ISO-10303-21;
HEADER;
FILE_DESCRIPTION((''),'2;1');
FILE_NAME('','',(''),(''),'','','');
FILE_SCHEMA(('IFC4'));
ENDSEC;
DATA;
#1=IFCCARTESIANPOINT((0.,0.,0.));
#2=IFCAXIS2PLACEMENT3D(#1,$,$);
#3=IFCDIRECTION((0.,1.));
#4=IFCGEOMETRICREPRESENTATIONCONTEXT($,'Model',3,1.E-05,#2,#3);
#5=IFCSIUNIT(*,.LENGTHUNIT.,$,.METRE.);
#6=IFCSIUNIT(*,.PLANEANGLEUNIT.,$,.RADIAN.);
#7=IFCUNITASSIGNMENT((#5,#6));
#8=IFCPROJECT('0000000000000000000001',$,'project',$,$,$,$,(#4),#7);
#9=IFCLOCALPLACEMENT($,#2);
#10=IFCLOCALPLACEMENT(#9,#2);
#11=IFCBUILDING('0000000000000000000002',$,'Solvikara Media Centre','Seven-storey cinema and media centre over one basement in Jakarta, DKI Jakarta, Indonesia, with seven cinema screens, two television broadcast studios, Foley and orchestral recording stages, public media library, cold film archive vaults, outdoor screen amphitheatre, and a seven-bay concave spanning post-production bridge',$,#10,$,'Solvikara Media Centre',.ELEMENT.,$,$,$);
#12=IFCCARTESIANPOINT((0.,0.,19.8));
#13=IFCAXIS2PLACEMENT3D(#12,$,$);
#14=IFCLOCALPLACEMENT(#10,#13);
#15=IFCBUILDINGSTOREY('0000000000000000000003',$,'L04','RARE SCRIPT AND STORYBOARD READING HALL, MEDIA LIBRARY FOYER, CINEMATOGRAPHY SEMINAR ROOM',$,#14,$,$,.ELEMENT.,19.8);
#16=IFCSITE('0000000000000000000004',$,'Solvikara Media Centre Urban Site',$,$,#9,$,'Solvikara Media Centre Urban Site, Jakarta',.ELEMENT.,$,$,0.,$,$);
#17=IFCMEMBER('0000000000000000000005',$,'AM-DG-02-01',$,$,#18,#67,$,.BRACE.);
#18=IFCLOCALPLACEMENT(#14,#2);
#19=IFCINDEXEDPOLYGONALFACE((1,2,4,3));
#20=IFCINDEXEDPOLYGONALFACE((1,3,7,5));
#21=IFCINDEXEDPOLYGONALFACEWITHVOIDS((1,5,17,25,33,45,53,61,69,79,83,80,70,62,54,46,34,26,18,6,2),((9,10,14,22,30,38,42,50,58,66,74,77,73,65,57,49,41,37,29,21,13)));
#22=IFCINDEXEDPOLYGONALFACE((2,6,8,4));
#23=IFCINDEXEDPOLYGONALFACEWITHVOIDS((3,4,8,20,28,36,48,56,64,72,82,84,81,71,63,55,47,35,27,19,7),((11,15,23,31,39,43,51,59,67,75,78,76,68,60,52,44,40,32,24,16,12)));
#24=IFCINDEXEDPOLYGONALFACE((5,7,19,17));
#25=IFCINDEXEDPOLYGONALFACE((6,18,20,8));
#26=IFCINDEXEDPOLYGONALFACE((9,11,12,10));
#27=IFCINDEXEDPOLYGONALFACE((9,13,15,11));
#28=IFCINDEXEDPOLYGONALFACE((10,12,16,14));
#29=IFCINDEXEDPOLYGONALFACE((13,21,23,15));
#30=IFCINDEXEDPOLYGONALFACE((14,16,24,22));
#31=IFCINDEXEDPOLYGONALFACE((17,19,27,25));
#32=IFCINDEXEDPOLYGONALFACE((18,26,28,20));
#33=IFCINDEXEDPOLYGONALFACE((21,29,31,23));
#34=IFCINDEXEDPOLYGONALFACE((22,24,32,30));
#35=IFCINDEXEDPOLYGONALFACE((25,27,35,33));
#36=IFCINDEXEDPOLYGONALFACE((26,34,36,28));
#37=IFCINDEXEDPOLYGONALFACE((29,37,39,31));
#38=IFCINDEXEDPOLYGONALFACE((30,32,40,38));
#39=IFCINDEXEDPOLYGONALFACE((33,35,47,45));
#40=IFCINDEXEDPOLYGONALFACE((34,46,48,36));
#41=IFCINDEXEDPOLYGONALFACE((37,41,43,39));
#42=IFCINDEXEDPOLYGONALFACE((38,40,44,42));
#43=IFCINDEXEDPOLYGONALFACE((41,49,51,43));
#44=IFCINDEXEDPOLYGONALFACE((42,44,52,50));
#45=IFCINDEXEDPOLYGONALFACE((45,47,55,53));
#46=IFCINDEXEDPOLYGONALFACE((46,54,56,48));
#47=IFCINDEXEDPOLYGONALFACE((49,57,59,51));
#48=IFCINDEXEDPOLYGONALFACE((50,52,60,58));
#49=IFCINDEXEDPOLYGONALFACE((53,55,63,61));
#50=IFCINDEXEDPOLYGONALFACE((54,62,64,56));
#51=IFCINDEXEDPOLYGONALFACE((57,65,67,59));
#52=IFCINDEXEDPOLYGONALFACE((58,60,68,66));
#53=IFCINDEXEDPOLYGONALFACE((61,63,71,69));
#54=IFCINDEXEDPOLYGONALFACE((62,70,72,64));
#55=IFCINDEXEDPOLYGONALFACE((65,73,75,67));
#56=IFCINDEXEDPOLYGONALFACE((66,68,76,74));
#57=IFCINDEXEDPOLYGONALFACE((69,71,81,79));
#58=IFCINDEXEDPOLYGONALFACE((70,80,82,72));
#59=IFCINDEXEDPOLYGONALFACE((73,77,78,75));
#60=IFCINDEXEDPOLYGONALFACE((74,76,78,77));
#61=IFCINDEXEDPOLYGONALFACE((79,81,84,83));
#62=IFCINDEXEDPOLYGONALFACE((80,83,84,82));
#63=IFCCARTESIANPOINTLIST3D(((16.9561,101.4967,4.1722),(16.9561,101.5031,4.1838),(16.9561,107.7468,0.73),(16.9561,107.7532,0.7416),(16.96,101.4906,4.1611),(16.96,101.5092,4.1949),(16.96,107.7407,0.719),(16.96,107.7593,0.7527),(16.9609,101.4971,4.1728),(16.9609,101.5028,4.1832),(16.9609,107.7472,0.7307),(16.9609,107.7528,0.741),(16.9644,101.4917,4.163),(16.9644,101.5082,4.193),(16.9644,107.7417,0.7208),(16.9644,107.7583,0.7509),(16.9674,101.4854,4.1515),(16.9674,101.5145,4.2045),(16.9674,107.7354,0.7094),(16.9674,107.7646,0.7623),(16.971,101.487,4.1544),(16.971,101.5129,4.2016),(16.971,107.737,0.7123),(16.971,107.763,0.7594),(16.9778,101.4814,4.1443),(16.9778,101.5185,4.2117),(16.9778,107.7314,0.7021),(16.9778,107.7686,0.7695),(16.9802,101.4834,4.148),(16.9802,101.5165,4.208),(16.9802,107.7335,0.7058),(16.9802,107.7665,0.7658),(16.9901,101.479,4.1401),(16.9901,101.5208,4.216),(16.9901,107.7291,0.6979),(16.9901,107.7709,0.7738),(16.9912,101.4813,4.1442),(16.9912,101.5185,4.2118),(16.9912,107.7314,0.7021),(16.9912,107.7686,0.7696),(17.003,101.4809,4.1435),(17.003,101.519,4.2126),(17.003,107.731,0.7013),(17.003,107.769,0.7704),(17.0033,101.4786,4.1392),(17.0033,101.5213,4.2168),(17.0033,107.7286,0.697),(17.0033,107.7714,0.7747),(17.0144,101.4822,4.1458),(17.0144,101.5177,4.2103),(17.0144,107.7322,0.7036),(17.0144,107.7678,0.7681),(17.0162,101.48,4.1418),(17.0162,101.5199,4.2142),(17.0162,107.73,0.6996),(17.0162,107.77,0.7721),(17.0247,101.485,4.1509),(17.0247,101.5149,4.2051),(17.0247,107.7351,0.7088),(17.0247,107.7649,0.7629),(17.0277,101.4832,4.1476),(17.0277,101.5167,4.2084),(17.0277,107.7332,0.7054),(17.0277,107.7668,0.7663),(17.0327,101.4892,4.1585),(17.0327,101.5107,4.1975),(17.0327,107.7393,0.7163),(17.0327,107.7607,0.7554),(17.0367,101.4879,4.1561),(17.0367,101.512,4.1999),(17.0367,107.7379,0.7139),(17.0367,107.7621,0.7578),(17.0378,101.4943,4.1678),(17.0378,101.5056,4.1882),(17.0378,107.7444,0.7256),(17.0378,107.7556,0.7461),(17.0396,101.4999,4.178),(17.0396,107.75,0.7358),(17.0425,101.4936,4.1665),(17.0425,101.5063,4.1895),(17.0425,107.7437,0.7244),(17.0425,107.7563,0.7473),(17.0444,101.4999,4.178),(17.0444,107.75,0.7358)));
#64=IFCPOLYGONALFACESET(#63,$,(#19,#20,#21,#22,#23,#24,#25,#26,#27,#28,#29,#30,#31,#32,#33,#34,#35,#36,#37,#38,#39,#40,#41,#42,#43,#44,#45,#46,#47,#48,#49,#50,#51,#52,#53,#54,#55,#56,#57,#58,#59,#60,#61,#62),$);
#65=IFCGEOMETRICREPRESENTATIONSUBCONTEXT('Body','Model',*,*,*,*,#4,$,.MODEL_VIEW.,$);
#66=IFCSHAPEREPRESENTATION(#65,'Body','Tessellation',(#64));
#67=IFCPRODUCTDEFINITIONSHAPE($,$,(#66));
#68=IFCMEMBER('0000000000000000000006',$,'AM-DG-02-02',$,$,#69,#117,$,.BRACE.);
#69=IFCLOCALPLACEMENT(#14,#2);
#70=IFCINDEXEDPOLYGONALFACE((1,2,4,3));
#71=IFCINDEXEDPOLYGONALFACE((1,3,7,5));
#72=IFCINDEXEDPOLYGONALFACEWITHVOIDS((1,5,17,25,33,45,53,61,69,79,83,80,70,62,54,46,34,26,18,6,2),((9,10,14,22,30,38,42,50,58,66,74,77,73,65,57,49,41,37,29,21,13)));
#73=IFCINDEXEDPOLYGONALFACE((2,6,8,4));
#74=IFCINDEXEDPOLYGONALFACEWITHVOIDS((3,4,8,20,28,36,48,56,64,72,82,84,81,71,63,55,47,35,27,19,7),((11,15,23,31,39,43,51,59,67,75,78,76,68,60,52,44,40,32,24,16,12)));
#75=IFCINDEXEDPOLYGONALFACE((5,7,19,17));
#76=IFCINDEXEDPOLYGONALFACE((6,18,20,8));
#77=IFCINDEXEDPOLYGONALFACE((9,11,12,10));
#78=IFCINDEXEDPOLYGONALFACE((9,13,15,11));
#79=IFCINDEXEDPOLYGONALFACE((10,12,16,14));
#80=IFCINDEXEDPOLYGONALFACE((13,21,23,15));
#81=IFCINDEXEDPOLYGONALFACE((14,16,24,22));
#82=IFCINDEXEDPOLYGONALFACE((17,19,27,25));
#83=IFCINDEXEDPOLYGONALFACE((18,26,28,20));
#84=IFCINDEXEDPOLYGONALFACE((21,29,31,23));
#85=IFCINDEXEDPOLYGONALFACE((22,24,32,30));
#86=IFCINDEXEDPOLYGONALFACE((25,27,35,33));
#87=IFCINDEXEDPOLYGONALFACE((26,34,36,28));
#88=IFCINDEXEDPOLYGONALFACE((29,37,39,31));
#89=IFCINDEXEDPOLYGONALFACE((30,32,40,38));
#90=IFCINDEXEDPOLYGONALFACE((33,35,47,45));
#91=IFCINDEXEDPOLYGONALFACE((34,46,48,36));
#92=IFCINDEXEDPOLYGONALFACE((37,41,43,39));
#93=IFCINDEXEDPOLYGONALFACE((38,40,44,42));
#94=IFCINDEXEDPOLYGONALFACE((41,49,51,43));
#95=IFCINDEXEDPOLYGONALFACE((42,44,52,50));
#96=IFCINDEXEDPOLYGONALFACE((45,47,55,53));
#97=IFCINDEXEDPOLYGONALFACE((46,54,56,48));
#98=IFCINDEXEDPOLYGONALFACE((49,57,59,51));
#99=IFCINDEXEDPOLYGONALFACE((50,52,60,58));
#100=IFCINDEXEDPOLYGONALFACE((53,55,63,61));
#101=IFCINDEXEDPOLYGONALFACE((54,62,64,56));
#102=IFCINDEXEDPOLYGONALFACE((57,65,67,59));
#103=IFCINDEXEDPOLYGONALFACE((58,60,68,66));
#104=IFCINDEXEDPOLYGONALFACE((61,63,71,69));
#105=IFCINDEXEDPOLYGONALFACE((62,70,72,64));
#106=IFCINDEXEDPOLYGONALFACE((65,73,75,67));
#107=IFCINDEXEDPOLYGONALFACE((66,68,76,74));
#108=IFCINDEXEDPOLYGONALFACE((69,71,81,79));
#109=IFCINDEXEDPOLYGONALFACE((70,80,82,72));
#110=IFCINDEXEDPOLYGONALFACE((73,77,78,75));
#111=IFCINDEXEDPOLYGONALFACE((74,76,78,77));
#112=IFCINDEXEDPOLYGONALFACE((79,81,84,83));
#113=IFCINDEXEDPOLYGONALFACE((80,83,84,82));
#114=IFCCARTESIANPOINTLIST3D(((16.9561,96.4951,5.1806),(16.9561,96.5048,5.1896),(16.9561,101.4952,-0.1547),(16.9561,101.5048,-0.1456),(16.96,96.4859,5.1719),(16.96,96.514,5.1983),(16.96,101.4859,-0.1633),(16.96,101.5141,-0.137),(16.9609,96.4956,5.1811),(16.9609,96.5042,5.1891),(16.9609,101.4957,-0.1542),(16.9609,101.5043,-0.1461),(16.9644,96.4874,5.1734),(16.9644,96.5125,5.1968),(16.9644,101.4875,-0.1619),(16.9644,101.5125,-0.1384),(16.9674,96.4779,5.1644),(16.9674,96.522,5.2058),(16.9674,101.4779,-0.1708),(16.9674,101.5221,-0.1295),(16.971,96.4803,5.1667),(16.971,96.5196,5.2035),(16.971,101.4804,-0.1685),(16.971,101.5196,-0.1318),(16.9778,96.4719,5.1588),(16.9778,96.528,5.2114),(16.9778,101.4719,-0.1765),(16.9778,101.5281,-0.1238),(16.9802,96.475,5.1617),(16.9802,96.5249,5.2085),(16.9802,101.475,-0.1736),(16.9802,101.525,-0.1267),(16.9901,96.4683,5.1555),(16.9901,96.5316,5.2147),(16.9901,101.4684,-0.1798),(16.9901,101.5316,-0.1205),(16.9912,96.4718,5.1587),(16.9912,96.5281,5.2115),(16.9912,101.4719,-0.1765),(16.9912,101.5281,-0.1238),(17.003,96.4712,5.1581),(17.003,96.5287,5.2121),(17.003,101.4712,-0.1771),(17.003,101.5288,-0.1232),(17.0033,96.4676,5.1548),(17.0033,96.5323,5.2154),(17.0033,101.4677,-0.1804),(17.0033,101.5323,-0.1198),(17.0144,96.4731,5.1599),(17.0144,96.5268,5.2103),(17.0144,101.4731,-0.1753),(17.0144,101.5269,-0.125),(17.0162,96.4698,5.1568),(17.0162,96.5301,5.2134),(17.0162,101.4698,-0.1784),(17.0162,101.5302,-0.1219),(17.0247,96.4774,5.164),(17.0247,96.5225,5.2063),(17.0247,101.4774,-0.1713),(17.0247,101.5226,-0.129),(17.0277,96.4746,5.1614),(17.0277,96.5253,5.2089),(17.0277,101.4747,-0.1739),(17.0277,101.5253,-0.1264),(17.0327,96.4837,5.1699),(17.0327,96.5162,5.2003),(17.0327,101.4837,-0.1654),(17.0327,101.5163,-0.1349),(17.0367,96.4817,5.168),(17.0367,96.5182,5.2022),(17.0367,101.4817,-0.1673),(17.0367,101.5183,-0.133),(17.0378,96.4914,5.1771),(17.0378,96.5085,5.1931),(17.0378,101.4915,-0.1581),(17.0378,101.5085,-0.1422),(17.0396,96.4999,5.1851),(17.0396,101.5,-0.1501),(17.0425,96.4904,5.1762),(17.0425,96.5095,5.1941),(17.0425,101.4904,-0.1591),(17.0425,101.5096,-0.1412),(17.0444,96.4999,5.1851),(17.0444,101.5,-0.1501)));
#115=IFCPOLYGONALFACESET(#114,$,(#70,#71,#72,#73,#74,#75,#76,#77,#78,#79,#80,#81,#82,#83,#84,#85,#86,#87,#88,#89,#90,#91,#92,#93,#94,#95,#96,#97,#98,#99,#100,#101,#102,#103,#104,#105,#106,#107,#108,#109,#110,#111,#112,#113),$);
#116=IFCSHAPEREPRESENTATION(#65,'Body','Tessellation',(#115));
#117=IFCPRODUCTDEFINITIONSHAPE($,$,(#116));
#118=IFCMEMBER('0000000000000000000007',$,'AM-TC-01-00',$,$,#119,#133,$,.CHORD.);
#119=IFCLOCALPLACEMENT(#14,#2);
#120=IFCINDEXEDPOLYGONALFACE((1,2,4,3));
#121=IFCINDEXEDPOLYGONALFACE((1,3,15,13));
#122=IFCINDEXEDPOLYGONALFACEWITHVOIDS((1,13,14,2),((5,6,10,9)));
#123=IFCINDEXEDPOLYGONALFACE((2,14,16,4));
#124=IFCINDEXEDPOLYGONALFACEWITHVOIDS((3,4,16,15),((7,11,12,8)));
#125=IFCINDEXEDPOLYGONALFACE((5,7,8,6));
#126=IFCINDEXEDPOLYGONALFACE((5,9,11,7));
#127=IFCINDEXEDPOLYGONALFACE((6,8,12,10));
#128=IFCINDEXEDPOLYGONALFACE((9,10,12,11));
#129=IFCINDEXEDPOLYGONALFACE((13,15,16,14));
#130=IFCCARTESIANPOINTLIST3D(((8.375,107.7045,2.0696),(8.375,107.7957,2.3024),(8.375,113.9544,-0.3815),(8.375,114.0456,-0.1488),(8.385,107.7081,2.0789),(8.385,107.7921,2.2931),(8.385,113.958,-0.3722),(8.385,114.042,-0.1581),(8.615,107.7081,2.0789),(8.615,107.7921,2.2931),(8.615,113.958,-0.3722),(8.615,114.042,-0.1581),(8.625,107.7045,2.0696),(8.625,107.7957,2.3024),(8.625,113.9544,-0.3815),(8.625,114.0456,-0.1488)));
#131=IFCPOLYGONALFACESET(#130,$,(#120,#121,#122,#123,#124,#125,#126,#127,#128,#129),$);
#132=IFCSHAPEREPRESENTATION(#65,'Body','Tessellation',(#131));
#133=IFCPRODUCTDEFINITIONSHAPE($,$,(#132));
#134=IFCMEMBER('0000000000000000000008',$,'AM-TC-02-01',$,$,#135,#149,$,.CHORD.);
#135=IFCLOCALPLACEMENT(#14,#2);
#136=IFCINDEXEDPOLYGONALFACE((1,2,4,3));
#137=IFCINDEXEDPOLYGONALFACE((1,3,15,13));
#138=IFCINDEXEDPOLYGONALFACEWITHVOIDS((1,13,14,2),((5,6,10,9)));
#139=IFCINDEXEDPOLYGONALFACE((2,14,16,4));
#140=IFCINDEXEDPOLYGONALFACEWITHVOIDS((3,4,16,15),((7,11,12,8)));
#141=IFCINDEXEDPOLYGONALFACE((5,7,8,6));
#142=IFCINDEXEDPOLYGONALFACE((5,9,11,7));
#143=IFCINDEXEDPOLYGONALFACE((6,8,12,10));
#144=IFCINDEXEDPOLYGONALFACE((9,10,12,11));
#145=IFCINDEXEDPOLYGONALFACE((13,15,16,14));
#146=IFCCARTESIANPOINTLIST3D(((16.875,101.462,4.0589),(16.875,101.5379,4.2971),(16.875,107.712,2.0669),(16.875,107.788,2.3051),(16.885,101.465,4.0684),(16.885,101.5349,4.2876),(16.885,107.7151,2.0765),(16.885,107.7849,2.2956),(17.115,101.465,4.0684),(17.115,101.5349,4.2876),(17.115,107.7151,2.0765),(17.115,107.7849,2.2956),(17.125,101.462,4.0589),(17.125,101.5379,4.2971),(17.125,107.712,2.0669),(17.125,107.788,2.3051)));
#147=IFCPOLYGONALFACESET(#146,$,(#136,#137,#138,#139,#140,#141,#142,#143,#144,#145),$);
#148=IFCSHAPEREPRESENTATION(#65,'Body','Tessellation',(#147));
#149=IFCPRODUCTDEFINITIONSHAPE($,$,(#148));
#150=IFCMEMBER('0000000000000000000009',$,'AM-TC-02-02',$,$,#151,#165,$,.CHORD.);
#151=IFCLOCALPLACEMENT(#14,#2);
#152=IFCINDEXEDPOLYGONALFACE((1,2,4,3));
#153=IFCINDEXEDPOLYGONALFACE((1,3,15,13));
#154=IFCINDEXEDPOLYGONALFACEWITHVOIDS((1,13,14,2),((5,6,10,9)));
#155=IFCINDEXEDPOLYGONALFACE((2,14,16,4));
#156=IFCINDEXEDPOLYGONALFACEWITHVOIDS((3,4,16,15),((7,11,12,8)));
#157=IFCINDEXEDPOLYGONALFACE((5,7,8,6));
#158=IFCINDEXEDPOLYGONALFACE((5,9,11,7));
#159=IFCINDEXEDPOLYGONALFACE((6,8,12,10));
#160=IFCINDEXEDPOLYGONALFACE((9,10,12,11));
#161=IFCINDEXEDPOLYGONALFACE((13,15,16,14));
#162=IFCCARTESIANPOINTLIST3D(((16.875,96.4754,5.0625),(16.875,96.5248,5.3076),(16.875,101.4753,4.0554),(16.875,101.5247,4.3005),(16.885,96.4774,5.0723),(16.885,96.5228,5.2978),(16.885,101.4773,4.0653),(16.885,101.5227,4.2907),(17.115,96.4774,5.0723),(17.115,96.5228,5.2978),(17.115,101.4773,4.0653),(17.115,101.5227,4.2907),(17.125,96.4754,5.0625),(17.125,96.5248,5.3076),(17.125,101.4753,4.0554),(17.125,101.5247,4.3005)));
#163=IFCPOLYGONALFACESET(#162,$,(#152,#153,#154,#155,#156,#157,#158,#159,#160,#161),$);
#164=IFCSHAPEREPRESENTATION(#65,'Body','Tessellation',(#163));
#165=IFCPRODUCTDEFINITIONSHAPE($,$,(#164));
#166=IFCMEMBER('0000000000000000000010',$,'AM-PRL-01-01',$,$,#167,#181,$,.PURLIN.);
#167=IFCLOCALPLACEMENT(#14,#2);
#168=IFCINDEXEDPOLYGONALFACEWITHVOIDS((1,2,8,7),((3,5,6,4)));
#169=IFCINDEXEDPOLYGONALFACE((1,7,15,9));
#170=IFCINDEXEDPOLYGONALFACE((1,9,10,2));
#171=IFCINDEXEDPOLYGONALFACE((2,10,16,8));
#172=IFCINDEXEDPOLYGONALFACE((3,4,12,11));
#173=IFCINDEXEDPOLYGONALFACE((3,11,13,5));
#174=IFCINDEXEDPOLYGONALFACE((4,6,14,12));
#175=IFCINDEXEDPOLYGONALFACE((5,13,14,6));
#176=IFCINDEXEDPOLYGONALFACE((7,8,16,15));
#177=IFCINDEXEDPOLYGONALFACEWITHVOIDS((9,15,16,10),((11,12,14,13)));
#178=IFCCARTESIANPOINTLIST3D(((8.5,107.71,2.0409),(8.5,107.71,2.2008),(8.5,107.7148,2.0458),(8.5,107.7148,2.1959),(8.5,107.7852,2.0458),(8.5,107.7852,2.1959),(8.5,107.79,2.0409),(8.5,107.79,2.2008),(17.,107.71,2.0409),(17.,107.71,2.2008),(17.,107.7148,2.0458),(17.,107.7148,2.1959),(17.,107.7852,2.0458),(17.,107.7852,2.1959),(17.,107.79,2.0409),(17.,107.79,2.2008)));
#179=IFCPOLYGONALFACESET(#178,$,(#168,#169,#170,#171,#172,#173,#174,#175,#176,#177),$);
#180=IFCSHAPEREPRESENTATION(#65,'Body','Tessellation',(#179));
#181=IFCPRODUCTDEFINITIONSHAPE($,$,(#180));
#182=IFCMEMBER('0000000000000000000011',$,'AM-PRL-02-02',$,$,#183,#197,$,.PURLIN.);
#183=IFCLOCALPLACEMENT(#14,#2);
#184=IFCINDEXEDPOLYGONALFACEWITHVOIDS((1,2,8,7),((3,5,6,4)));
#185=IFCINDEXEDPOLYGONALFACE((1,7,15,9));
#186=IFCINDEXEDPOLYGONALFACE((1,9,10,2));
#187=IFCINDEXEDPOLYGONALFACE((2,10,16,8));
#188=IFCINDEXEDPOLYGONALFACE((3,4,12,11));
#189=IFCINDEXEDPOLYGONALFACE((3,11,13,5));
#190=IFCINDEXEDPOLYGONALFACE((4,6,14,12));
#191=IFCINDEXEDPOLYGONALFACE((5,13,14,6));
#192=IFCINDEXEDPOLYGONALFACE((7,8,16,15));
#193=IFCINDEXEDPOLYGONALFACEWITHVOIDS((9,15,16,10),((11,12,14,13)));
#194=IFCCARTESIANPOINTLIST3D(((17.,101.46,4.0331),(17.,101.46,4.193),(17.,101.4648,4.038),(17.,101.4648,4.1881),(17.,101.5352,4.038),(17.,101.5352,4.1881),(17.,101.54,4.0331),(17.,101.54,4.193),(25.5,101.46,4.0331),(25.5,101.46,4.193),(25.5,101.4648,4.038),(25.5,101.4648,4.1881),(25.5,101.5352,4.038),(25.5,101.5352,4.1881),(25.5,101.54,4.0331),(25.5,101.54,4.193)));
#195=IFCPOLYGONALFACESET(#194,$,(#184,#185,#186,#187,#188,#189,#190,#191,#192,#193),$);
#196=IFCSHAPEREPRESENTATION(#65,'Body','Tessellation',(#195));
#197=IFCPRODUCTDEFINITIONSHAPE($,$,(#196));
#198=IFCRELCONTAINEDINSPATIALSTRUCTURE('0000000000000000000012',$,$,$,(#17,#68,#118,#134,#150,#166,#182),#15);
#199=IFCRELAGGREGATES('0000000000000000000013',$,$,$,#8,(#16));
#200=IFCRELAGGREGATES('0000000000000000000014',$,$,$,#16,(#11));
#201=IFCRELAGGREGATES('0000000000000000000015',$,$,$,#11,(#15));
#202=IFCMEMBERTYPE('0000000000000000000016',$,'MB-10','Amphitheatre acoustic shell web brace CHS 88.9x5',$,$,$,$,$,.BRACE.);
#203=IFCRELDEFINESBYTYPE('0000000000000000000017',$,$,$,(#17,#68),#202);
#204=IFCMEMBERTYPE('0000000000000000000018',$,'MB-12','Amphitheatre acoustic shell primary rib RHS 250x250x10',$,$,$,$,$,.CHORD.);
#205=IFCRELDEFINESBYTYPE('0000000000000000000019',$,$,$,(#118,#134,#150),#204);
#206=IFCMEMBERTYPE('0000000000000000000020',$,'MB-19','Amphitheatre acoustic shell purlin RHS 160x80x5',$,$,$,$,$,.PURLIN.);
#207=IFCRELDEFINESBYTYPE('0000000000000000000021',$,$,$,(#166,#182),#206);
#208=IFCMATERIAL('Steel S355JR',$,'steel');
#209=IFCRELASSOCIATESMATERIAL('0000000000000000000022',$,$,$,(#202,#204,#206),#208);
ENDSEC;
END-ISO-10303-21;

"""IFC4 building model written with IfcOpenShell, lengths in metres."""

from ifc_helpers import new_model, si_unit, direction, frame, origin, origin_2d, place, context, subcontext, project, spatial, hollow_rectangle, hollow_circle, extrude, material, material_profile, profile_set, type_object, element, save


model = new_model("IFC4")

# Units and contexts
model_context = context("Model", 3, precision=1e-05, world=origin(), true_north=direction((0.0, 1.0)))
body_context = subcontext(model_context, "Body", "Model", "MODEL_VIEW")
ifc_project = project(units=[si_unit("LENGTHUNIT", "METRE"), si_unit("PLANEANGLEUNIT", "RADIAN")], contexts=[model_context])

# Site, building, storey
site_placement = place(None, origin())
site = spatial("IfcSite", under=ifc_project, at=site_placement, Name="Solvikara Media Centre Urban Site", LongName="Solvikara Media Centre Urban Site, Jakarta", CompositionType="ELEMENT", RefElevation=0.0)
building_placement = place(site_placement, origin())
building = spatial("IfcBuilding", under=site, at=building_placement, Name="Solvikara Media Centre", Description="Seven-storey cinema and media centre over one basement in Jakarta, DKI Jakarta, Indonesia, with seven cinema screens, two television broadcast studios, Foley and orchestral recording stages, public media library, cold film archive vaults, outdoor screen amphitheatre, and a seven-bay concave spanning post-production bridge", LongName="Solvikara Media Centre", CompositionType="ELEMENT")
storey_placement = place(building_placement, frame((0.0, 0.0, 19.8)))
storey = spatial("IfcBuildingStorey", under=building, at=storey_placement, Name="L04", Description="RARE SCRIPT AND STORYBOARD READING HALL, MEDIA LIBRARY FOYER, CINEMATOGRAPHY SEMINAR ROOM", CompositionType="ELEMENT", Elevation=19.8)

# Shared definitions
ifc_material_1 = material(Name="Steel S355JR", Category="steel")

# Members
ifc_material_profile_1 = material_profile(ifc_material_1, hollow_circle(Radius=0.0444, WallThickness=0.0049, at=origin_2d()), Name="CHS 88.9x5")
ifc_profile_set_1 = profile_set([ifc_material_profile_1], Name="Steel S355JR")
member_type_1 = type_object("IfcMemberType", Name="MB-10", Description="Amphitheatre acoustic shell web brace CHS 88.9x5", PredefinedType="BRACE", material=ifc_profile_set_1)
for number, where, z_axis, x_axis, name in (
    (1, (17.0, 107.75, 0.7358), (0.0, -0.875941, 0.482418), (1.0, 0.0, 0.0), "AM-DG-02-01"),
):
    element("IfcMember", number, at=place(storey_placement, frame(where, z_axis=z_axis, x_axis=x_axis)), inside=storey, type_object=member_type_1, Name=name, PredefinedType="BRACE", context=body_context, shape_type="SweptSolid", body=[
        extrude(hollow_circle(Radius=0.0444, WallThickness=0.0049, at=origin_2d()), origin(), (0.0, 0.0, 1.0), 7.1353),
    ])
member_1_placement = place(storey_placement, frame((17.0, 101.5, -0.1501), z_axis=(0.0, -0.683813, 0.729657), x_axis=(1.0, 0.0, 0.0)))
element("IfcMember", 2, at=member_1_placement, inside=storey, type_object=member_type_1, Name="AM-DG-02-02", PredefinedType="BRACE", context=body_context, shape_type="SweptSolid", body=[
    extrude(hollow_circle(Radius=0.0444, WallThickness=0.0049, at=origin_2d()), origin(), (0.0, 0.0, 1.0), 7.312),
])
ifc_material_profile_2 = material_profile(ifc_material_1, hollow_rectangle(XDim=0.25, YDim=0.25, WallThickness=0.01, at=origin_2d()), Name="RHS 250x250x10")
ifc_profile_set_2 = profile_set([ifc_material_profile_2], Name="Steel S355JR")
member_type_2 = type_object("IfcMemberType", Name="MB-12", Description="Amphitheatre acoustic shell primary rib RHS 250x250x10", PredefinedType="CHORD", material=ifc_profile_set_2)
member_2_placement = place(storey_placement, frame((8.5, 114.0, -0.2651), z_axis=(0.0, -0.930964, 0.365112), x_axis=(1.0, 0.0, 0.0)))
element("IfcMember", 3, at=member_2_placement, inside=storey, type_object=member_type_2, Name="AM-TC-01-00", PredefinedType="CHORD", context=body_context, shape_type="SweptSolid", body=[
    extrude(hollow_rectangle(XDim=0.25, YDim=0.25, WallThickness=0.01, at=origin_2d()), origin(), (0.0, 0.0, 1.0), 6.7134),
])
member_3_placement = place(storey_placement, frame((17.0, 107.75, 2.186), z_axis=(0.0, -0.95278, 0.303661), x_axis=(1.0, 0.0, 0.0)))
element("IfcMember", 4, at=member_3_placement, inside=storey, type_object=member_type_2, Name="AM-TC-02-01", PredefinedType="CHORD", context=body_context, shape_type="SweptSolid", body=[
    extrude(hollow_rectangle(XDim=0.25, YDim=0.25, WallThickness=0.01, at=origin_2d()), origin(), (0.0, 0.0, 1.0), 6.5598),
])
member_4_placement = place(storey_placement, frame((17.0, 101.5, 4.178), z_axis=(0.0, -0.980313, 0.197451), x_axis=(1.0, 0.0, 0.0)))
element("IfcMember", 5, at=member_4_placement, inside=storey, type_object=member_type_2, Name="AM-TC-02-02", PredefinedType="CHORD", context=body_context, shape_type="SweptSolid", body=[
    extrude(hollow_rectangle(XDim=0.25, YDim=0.25, WallThickness=0.01, at=origin_2d()), origin(), (0.0, 0.0, 1.0), 5.1003),
])
ifc_material_profile_3 = material_profile(ifc_material_1, hollow_rectangle(XDim=0.0801, YDim=0.1599, WallThickness=0.0049, at=origin_2d()), Name="RHS 160x80x5")
ifc_profile_set_3 = profile_set([ifc_material_profile_3], Name="Steel S355JR")
member_type_3 = type_object("IfcMemberType", Name="MB-19", Description="Amphitheatre acoustic shell purlin RHS 160x80x5", PredefinedType="PURLIN", material=ifc_profile_set_3)
for number, where, z_axis, x_axis, name in (
    (6, (8.5, 107.75, 2.1208), (1.0, 0.0, 0.0), (0.0, 1.0, 0.0), "AM-PRL-01-01"),
    (7, (17.0, 101.5, 4.113), (1.0, 0.0, 0.0), (0.0, 1.0, 0.0), "AM-PRL-02-02"),
):
    element("IfcMember", number, at=place(storey_placement, frame(where, z_axis=z_axis, x_axis=x_axis)), inside=storey, type_object=member_type_3, Name=name, PredefinedType="PURLIN", context=body_context, shape_type="SweptSolid", body=[
        extrude(hollow_rectangle(XDim=0.0801, YDim=0.1599, WallThickness=0.0049, at=origin_2d()), origin(), (0.0, 0.0, 1.0), 8.5),
    ])

save(model, "model.ifc")
